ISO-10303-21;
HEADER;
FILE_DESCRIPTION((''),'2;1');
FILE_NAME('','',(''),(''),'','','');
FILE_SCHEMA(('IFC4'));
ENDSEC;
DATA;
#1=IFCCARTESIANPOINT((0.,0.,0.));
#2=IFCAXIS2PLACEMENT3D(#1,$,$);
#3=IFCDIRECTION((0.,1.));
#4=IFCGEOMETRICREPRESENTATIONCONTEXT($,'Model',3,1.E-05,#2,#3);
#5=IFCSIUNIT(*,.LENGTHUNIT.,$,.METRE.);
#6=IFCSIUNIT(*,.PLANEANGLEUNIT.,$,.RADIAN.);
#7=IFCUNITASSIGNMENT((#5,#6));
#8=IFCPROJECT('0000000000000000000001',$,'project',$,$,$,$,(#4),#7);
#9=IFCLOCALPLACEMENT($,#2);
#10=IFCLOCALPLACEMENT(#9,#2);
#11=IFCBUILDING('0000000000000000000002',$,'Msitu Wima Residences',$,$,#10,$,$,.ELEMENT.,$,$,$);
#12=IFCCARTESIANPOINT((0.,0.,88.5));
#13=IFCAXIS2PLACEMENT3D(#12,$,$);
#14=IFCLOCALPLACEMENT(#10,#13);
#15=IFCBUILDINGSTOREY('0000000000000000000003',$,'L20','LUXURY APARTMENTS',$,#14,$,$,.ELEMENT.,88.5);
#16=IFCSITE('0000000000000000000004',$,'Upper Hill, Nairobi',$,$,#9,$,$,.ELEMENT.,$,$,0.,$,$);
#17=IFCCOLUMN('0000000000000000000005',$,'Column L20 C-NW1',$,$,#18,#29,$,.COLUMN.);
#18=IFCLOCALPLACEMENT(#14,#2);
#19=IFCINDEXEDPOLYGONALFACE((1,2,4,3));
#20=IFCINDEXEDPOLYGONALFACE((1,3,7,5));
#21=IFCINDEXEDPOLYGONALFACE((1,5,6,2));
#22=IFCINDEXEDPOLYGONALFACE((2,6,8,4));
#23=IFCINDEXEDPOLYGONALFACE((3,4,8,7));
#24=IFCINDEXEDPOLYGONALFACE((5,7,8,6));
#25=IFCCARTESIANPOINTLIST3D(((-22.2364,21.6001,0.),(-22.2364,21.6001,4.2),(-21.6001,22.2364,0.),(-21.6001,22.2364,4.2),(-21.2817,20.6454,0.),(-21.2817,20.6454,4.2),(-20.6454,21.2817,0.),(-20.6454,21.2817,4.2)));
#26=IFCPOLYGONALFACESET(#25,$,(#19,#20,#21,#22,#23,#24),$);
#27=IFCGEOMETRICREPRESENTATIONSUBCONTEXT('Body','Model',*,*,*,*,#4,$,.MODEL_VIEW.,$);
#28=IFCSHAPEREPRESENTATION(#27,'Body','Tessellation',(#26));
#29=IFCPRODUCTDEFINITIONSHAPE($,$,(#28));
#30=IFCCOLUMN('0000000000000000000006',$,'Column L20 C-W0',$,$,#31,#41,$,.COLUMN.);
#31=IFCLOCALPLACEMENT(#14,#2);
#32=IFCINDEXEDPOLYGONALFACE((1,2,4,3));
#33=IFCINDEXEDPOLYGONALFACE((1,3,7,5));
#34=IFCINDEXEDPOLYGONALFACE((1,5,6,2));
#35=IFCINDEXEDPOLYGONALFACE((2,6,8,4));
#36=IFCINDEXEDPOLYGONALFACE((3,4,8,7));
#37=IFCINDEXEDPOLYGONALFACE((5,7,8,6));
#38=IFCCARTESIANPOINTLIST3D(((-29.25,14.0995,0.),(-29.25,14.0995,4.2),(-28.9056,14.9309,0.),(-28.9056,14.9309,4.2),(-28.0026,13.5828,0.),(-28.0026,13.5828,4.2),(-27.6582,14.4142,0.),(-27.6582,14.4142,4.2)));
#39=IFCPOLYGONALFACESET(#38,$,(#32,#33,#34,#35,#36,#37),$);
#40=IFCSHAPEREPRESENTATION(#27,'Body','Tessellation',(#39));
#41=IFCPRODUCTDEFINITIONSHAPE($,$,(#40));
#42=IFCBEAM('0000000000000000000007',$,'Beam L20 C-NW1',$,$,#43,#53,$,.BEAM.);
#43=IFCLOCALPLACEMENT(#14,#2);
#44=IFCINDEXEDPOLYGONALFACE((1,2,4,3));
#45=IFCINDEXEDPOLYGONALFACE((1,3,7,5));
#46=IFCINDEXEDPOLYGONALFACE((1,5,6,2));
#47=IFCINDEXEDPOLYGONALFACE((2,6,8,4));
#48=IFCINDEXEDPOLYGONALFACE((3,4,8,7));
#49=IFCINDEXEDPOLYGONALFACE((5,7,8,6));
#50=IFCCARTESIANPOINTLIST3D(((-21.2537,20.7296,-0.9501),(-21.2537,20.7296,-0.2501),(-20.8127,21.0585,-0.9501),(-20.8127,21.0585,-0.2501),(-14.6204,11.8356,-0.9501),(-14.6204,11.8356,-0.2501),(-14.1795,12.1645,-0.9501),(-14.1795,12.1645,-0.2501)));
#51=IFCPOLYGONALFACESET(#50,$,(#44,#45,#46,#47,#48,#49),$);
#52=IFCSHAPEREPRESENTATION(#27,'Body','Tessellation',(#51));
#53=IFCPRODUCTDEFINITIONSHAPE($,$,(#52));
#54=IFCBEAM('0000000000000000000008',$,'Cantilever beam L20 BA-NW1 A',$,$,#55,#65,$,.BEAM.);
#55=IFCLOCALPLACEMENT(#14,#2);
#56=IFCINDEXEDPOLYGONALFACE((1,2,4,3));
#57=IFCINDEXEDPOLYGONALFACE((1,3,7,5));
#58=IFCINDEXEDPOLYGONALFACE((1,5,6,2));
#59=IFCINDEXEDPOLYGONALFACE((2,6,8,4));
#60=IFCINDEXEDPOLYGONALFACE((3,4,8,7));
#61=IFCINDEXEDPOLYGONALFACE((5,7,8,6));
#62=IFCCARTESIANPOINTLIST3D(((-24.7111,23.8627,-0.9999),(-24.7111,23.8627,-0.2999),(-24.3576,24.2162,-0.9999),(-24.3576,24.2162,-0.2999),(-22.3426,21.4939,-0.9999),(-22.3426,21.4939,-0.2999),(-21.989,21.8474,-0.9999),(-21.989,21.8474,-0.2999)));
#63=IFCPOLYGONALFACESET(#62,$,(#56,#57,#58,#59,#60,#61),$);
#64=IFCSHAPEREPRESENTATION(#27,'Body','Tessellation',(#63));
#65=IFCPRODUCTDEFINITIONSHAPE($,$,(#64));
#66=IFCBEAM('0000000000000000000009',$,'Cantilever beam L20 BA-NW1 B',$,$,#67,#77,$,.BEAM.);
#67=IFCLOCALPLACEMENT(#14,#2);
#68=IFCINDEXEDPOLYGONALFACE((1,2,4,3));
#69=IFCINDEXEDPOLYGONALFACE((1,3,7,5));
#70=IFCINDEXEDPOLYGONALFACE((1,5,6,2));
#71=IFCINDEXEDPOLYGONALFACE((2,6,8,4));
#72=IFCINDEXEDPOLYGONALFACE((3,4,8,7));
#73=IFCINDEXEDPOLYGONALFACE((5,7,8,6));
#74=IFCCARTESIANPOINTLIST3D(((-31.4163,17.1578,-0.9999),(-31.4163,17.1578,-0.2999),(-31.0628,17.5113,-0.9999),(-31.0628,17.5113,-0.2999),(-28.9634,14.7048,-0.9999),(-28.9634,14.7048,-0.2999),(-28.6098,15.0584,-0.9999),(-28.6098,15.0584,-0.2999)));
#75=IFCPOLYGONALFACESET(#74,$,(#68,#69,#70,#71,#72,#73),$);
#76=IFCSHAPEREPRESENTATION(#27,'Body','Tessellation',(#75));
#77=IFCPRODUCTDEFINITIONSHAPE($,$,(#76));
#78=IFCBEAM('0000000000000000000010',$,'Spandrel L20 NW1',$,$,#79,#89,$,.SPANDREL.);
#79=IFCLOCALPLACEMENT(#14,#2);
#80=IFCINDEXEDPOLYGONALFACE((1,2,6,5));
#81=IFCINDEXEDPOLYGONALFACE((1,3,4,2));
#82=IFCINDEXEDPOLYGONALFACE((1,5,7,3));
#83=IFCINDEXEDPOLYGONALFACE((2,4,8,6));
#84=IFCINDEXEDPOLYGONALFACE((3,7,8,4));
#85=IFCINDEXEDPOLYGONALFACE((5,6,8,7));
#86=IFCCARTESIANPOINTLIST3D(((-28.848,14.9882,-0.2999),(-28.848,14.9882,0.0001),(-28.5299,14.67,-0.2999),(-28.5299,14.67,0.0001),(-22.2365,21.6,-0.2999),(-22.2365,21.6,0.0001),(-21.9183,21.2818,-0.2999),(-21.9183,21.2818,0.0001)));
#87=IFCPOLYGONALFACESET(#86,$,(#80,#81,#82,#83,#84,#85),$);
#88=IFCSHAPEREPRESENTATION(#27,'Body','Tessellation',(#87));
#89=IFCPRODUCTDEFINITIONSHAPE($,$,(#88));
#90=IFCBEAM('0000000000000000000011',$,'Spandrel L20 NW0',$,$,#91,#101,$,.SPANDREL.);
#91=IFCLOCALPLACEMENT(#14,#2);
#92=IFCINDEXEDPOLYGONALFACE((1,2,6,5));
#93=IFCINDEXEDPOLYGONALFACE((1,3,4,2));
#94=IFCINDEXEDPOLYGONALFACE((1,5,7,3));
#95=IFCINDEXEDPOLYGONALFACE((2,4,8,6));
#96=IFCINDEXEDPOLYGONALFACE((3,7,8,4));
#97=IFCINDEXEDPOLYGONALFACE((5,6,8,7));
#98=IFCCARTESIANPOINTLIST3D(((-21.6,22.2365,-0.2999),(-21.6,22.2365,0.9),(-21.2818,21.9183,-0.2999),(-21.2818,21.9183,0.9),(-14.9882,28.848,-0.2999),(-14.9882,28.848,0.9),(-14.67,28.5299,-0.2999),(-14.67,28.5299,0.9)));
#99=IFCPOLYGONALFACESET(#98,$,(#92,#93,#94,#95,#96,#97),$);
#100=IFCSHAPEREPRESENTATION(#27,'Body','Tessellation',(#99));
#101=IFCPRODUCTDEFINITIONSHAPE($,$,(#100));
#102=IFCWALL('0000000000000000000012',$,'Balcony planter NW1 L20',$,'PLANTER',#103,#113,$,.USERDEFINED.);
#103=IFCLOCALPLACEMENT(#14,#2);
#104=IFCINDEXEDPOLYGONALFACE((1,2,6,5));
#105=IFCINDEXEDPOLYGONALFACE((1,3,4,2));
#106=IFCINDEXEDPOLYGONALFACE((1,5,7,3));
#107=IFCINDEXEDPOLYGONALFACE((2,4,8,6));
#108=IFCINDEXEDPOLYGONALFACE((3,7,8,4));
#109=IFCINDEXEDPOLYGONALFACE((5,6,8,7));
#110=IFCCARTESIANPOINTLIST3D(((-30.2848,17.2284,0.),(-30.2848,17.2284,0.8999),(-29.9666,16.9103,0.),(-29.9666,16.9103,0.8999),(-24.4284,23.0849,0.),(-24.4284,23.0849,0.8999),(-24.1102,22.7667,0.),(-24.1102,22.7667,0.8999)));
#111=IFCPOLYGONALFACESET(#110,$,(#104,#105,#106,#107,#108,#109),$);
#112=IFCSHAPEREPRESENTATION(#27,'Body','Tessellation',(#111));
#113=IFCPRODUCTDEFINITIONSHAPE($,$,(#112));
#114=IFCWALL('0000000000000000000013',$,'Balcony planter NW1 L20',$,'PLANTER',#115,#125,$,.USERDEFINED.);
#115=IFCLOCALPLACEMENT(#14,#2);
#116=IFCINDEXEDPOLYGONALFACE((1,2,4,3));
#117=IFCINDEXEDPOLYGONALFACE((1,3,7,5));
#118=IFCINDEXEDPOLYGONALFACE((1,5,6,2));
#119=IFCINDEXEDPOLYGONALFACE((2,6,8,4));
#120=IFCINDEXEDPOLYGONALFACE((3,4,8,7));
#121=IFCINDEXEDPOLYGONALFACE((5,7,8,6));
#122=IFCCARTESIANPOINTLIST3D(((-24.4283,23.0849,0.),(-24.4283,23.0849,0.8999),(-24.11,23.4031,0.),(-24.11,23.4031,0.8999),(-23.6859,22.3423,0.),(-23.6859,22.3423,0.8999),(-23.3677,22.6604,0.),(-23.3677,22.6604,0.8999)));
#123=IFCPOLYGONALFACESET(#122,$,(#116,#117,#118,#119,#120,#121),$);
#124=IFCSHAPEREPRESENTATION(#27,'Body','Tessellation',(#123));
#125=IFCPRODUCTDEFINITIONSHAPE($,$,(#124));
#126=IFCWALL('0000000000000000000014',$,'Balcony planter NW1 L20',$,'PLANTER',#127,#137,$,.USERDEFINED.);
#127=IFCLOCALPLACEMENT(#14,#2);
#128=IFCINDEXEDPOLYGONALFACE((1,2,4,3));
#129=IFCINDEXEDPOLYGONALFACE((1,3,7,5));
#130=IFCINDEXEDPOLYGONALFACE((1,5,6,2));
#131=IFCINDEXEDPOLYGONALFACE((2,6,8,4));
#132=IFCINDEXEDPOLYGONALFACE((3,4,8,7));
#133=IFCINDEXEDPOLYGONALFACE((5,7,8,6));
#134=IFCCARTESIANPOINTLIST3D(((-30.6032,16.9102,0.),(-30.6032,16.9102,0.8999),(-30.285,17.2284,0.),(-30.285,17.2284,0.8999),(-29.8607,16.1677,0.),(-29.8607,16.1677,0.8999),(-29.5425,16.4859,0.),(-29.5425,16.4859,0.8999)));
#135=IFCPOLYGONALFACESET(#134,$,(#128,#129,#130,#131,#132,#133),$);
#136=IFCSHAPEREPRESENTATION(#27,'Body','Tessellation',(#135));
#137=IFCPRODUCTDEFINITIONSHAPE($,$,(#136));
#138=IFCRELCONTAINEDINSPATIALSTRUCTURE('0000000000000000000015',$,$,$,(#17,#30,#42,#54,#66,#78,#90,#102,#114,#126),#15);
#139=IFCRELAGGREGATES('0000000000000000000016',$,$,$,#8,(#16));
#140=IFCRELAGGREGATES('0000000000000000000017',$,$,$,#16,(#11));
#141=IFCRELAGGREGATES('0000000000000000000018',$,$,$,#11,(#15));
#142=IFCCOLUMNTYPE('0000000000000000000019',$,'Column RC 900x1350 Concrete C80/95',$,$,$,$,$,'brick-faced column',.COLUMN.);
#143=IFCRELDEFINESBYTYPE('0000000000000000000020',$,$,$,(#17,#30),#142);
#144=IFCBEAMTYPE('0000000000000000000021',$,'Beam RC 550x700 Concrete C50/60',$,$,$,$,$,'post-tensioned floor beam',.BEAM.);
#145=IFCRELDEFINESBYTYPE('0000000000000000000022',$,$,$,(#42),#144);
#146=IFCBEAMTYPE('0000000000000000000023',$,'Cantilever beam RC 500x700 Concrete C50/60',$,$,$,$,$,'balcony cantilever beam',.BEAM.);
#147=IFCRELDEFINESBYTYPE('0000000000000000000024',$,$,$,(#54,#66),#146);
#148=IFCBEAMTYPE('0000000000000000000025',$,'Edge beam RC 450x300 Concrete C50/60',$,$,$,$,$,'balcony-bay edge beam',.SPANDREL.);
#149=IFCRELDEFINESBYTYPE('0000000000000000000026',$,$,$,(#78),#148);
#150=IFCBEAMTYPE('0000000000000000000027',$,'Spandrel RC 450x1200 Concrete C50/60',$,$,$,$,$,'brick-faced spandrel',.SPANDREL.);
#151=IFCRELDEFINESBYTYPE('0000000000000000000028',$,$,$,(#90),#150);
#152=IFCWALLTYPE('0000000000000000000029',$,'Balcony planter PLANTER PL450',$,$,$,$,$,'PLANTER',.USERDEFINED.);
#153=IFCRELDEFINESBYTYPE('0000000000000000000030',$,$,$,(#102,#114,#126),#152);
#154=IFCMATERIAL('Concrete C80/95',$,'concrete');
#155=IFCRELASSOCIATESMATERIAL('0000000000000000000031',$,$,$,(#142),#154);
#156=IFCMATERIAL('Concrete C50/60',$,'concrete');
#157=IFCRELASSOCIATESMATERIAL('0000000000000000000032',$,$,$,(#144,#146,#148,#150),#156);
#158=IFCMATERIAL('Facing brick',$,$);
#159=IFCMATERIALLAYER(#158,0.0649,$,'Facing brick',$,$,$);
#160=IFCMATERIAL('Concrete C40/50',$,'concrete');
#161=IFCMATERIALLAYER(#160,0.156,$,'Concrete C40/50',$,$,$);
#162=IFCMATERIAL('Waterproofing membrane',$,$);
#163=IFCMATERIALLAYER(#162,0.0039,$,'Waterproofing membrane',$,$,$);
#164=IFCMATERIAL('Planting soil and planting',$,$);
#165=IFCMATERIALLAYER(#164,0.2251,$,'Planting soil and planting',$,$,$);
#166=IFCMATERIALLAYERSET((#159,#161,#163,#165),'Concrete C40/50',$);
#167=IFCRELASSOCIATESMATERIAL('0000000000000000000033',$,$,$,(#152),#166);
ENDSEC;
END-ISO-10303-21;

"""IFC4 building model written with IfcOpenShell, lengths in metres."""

from ifc_helpers import new_model, si_unit, direction, frame, frame_2d, origin, origin_2d, place, context, subcontext, project, spatial, rectangle, extrude, material, layer, layer_set, material_profile, profile_set, type_object, element, save


model = new_model("IFC4")

# Units and contexts
model_context = context("Model", 3, precision=1e-05, world=origin(), true_north=direction((0.0, 1.0)))
body_context = subcontext(model_context, "Body", "Model", "MODEL_VIEW")
ifc_project = project(units=[si_unit("LENGTHUNIT", "METRE"), si_unit("PLANEANGLEUNIT", "RADIAN")], contexts=[model_context])

# Site, building, storey
site_placement = place(None, origin())
site = spatial("IfcSite", under=ifc_project, at=site_placement, Name="Upper Hill, Nairobi", CompositionType="ELEMENT", RefElevation=0.0)
building_placement = place(site_placement, origin())
building = spatial("IfcBuilding", under=site, at=building_placement, Name="Msitu Wima Residences", CompositionType="ELEMENT")
storey_placement = place(building_placement, frame((0.0, 0.0, 88.5)))
storey = spatial("IfcBuildingStorey", under=building, at=storey_placement, Name="L20", Description="LUXURY APARTMENTS", CompositionType="ELEMENT", Elevation=88.5)

# Columns
ifc_material_1 = material(Name="Concrete C80/95", Category="concrete")
ifc_material_profile_1 = material_profile(ifc_material_1, rectangle(XDim=0.8999, YDim=1.3501, at=origin_2d()), Name="RC 900x1350")
ifc_profile_set_1 = profile_set([ifc_material_profile_1], Name="Concrete C80/95")
column_type = type_object("IfcColumnType", Name="Column RC 900x1350 Concrete C80/95", ElementType="brick-faced column", PredefinedType="COLUMN", material=ifc_profile_set_1)
for number, where, z_axis, x_axis, name in (
    (1, (-21.4409, 21.4409, 0.0), (0.0, 0.0, 1.0), (-0.707107, -0.707107, 0.0), "Column L20 C-NW1"),
    (2, (-28.4541, 14.2568, 0.0), (0.0, 0.0, 1.0), (-0.382683, -0.92388, 0.0), "Column L20 C-W0"),
):
    element("IfcColumn", number, at=place(storey_placement, frame(where, z_axis=z_axis, x_axis=x_axis)), inside=storey, type_object=column_type, Name=name, PredefinedType="COLUMN", context=body_context, shape_type="SweptSolid", body=[
        extrude(rectangle(XDim=0.8999, YDim=1.3501, at=origin_2d()), origin(), (0.0, 0.0, 1.0), 4.2),
    ])

# Beams
ifc_material_2 = material(Name="Concrete C50/60", Category="concrete")
ifc_material_profile_2 = material_profile(ifc_material_2, rectangle(XDim=0.55, YDim=0.7, at=origin_2d()), Name="RC 550x700")
ifc_profile_set_2 = profile_set([ifc_material_profile_2], Name="Concrete C50/60")
beam_type_1 = type_object("IfcBeamType", Name="Beam RC 550x700 Concrete C50/60", ElementType="post-tensioned floor beam", PredefinedType="BEAM", material=ifc_profile_set_2)
beam_1_placement = place(storey_placement, frame((-21.0332, 20.894, -0.6001), z_axis=(0.59785, -0.801608, 0.0), x_axis=(0.801608, 0.59785, 0.0)))
element("IfcBeam", 3, at=beam_1_placement, inside=storey, type_object=beam_type_1, Name="Beam L20 C-NW1", PredefinedType="BEAM", context=body_context, shape_type="SweptSolid", body=[
    extrude(rectangle(XDim=0.55, YDim=0.7, at=origin_2d()), origin(), (0.0, 0.0, 1.0), 11.0952),
])
ifc_material_profile_3 = material_profile(ifc_material_2, rectangle(XDim=0.5, YDim=0.7, at=origin_2d()), Name="RC 500x700")
ifc_profile_set_3 = profile_set([ifc_material_profile_3], Name="Concrete C50/60")
beam_type_2 = type_object("IfcBeamType", Name="Cantilever beam RC 500x700 Concrete C50/60", ElementType="balcony cantilever beam", PredefinedType="BEAM", material=ifc_profile_set_3)
beam_2_placement = place(storey_placement, frame((-22.1658, 21.6707, -0.6499), z_axis=(-0.70707, 0.707143, 0.0), x_axis=(-0.707143, -0.70707, 0.0)))
element("IfcBeam", 4, at=beam_2_placement, inside=storey, type_object=beam_type_2, Name="Cantilever beam L20 BA-NW1 A", PredefinedType="BEAM", context=body_context, shape_type="SweptSolid", body=[
    extrude(rectangle(XDim=0.5, YDim=0.7, at=origin_2d()), origin(), (0.0, 0.0, 1.0), 3.3499),
])
beam_3_placement = place(storey_placement, frame((-28.7866, 14.8816, -0.6499), z_axis=(-0.707107, 0.707107, 0.0), x_axis=(-0.707107, -0.707107, 0.0)))
element("IfcBeam", 5, at=beam_3_placement, inside=storey, type_object=beam_type_2, Name="Cantilever beam L20 BA-NW1 B", PredefinedType="BEAM", context=body_context, shape_type="SweptSolid", body=[
    extrude(rectangle(XDim=0.5, YDim=0.7, at=origin_2d()), origin(), (0.0, 0.0, 1.0), 3.469),
])
ifc_material_profile_4 = material_profile(ifc_material_2, rectangle(XDim=0.45, YDim=0.3, at=origin_2d()), Name="RC 450x300")
ifc_profile_set_4 = profile_set([ifc_material_profile_4], Name="Concrete C50/60")
beam_type_3 = type_object("IfcBeamType", Name="Edge beam RC 450x300 Concrete C50/60", ElementType="balcony-bay edge beam", PredefinedType="SPANDREL", material=ifc_profile_set_4)
beam_4_placement = place(storey_placement, frame((-22.0774, 21.4409, -0.1499), z_axis=(-0.707094, -0.70712, 0.0), x_axis=(0.70712, -0.707094, 0.0)))
element("IfcBeam", 6, at=beam_4_placement, inside=storey, type_object=beam_type_3, Name="Spandrel L20 NW1", PredefinedType="SPANDREL", context=body_context, shape_type="SweptSolid", body=[
    extrude(rectangle(XDim=0.45, YDim=0.3, at=origin_2d()), origin(), (0.0, 0.0, 1.0), 9.3503),
])
ifc_material_profile_5 = material_profile(ifc_material_2, rectangle(XDim=0.45, YDim=1.2, at=origin_2d()), Name="RC 450x1200")
ifc_profile_set_5 = profile_set([ifc_material_profile_5], Name="Concrete C50/60")
beam_type_4 = type_object("IfcBeamType", Name="Spandrel RC 450x1200 Concrete C50/60", ElementType="brick-faced spandrel", PredefinedType="SPANDREL", material=ifc_profile_set_5)
beam_5_placement = place(storey_placement, frame((-14.8291, 28.689, 0.3), z_axis=(-0.70712, -0.707094, 0.0), x_axis=(0.707094, -0.70712, 0.0)))
element("IfcBeam", 7, at=beam_5_placement, inside=storey, type_object=beam_type_4, Name="Spandrel L20 NW0", PredefinedType="SPANDREL", context=body_context, shape_type="SweptSolid", body=[
    extrude(rectangle(XDim=0.45, YDim=1.2, at=origin_2d()), origin(), (0.0, 0.0, 1.0), 9.3503),
])

# Walls
ifc_material_3 = material(Name="Facing brick")
ifc_layer_1 = layer(ifc_material_3, 0.0649, Name="Facing brick")
ifc_material_4 = material(Name="Concrete C40/50", Category="concrete")
ifc_layer_2 = layer(ifc_material_4, 0.156, Name="Concrete C40/50")
ifc_material_5 = material(Name="Waterproofing membrane")
ifc_layer_3 = layer(ifc_material_5, 0.0039, Name="Waterproofing membrane")
ifc_material_6 = material(Name="Planting soil and planting")
ifc_layer_4 = layer(ifc_material_6, 0.2251, Name="Planting soil and planting")
ifc_layer_set_1 = layer_set([ifc_layer_1, ifc_layer_2, ifc_layer_3, ifc_layer_4], Name="Concrete C40/50")
wall_type_1 = type_object("IfcWallType", Name="Balcony planter PLANTER PL450", ElementType="PLANTER", PredefinedType="USERDEFINED", material=ifc_layer_set_1)
wall_1_placement = place(storey_placement, frame((-24.2693, 22.9258, 0.0), z_axis=(0.0, 0.0, 1.0), x_axis=(-0.707107, -0.707107, 0.0)))
element("IfcWall", 8, at=wall_1_placement, inside=storey, type_object=wall_type_1, Name="Balcony planter NW1 L20", ObjectType="PLANTER", PredefinedType="USERDEFINED", context=body_context, shape_type="SweptSolid", body=[
    extrude(rectangle(XDim=8.2822, YDim=0.45, at=frame_2d((4.1411, 0.0))), origin(), (0.0, 0.0, 1.0), 0.8999),
])
for number, where, z_axis, x_axis, name in (
    (9, (-23.5269, 22.5015, 0.0), (0.0, 0.0, 1.0), (-0.706991, 0.707223, 0.0), "Balcony planter NW1 L20"),
    (10, (-29.7017, 16.3269, 0.0), (0.0, 0.0, 1.0), (-0.707107, 0.707107, 0.0), "Balcony planter NW1 L20"),
):
    element("IfcWall", number, at=place(storey_placement, frame(where, z_axis=z_axis, x_axis=x_axis)), inside=storey, type_object=wall_type_1, Name=name, ObjectType="PLANTER", PredefinedType="USERDEFINED", context=body_context, shape_type="SweptSolid", body=[
        extrude(rectangle(XDim=1.05, YDim=0.45, at=frame_2d((0.5249, 0.0))), origin(), (0.0, 0.0, 1.0), 0.8999),
    ])

save(model, "model.ifc")
